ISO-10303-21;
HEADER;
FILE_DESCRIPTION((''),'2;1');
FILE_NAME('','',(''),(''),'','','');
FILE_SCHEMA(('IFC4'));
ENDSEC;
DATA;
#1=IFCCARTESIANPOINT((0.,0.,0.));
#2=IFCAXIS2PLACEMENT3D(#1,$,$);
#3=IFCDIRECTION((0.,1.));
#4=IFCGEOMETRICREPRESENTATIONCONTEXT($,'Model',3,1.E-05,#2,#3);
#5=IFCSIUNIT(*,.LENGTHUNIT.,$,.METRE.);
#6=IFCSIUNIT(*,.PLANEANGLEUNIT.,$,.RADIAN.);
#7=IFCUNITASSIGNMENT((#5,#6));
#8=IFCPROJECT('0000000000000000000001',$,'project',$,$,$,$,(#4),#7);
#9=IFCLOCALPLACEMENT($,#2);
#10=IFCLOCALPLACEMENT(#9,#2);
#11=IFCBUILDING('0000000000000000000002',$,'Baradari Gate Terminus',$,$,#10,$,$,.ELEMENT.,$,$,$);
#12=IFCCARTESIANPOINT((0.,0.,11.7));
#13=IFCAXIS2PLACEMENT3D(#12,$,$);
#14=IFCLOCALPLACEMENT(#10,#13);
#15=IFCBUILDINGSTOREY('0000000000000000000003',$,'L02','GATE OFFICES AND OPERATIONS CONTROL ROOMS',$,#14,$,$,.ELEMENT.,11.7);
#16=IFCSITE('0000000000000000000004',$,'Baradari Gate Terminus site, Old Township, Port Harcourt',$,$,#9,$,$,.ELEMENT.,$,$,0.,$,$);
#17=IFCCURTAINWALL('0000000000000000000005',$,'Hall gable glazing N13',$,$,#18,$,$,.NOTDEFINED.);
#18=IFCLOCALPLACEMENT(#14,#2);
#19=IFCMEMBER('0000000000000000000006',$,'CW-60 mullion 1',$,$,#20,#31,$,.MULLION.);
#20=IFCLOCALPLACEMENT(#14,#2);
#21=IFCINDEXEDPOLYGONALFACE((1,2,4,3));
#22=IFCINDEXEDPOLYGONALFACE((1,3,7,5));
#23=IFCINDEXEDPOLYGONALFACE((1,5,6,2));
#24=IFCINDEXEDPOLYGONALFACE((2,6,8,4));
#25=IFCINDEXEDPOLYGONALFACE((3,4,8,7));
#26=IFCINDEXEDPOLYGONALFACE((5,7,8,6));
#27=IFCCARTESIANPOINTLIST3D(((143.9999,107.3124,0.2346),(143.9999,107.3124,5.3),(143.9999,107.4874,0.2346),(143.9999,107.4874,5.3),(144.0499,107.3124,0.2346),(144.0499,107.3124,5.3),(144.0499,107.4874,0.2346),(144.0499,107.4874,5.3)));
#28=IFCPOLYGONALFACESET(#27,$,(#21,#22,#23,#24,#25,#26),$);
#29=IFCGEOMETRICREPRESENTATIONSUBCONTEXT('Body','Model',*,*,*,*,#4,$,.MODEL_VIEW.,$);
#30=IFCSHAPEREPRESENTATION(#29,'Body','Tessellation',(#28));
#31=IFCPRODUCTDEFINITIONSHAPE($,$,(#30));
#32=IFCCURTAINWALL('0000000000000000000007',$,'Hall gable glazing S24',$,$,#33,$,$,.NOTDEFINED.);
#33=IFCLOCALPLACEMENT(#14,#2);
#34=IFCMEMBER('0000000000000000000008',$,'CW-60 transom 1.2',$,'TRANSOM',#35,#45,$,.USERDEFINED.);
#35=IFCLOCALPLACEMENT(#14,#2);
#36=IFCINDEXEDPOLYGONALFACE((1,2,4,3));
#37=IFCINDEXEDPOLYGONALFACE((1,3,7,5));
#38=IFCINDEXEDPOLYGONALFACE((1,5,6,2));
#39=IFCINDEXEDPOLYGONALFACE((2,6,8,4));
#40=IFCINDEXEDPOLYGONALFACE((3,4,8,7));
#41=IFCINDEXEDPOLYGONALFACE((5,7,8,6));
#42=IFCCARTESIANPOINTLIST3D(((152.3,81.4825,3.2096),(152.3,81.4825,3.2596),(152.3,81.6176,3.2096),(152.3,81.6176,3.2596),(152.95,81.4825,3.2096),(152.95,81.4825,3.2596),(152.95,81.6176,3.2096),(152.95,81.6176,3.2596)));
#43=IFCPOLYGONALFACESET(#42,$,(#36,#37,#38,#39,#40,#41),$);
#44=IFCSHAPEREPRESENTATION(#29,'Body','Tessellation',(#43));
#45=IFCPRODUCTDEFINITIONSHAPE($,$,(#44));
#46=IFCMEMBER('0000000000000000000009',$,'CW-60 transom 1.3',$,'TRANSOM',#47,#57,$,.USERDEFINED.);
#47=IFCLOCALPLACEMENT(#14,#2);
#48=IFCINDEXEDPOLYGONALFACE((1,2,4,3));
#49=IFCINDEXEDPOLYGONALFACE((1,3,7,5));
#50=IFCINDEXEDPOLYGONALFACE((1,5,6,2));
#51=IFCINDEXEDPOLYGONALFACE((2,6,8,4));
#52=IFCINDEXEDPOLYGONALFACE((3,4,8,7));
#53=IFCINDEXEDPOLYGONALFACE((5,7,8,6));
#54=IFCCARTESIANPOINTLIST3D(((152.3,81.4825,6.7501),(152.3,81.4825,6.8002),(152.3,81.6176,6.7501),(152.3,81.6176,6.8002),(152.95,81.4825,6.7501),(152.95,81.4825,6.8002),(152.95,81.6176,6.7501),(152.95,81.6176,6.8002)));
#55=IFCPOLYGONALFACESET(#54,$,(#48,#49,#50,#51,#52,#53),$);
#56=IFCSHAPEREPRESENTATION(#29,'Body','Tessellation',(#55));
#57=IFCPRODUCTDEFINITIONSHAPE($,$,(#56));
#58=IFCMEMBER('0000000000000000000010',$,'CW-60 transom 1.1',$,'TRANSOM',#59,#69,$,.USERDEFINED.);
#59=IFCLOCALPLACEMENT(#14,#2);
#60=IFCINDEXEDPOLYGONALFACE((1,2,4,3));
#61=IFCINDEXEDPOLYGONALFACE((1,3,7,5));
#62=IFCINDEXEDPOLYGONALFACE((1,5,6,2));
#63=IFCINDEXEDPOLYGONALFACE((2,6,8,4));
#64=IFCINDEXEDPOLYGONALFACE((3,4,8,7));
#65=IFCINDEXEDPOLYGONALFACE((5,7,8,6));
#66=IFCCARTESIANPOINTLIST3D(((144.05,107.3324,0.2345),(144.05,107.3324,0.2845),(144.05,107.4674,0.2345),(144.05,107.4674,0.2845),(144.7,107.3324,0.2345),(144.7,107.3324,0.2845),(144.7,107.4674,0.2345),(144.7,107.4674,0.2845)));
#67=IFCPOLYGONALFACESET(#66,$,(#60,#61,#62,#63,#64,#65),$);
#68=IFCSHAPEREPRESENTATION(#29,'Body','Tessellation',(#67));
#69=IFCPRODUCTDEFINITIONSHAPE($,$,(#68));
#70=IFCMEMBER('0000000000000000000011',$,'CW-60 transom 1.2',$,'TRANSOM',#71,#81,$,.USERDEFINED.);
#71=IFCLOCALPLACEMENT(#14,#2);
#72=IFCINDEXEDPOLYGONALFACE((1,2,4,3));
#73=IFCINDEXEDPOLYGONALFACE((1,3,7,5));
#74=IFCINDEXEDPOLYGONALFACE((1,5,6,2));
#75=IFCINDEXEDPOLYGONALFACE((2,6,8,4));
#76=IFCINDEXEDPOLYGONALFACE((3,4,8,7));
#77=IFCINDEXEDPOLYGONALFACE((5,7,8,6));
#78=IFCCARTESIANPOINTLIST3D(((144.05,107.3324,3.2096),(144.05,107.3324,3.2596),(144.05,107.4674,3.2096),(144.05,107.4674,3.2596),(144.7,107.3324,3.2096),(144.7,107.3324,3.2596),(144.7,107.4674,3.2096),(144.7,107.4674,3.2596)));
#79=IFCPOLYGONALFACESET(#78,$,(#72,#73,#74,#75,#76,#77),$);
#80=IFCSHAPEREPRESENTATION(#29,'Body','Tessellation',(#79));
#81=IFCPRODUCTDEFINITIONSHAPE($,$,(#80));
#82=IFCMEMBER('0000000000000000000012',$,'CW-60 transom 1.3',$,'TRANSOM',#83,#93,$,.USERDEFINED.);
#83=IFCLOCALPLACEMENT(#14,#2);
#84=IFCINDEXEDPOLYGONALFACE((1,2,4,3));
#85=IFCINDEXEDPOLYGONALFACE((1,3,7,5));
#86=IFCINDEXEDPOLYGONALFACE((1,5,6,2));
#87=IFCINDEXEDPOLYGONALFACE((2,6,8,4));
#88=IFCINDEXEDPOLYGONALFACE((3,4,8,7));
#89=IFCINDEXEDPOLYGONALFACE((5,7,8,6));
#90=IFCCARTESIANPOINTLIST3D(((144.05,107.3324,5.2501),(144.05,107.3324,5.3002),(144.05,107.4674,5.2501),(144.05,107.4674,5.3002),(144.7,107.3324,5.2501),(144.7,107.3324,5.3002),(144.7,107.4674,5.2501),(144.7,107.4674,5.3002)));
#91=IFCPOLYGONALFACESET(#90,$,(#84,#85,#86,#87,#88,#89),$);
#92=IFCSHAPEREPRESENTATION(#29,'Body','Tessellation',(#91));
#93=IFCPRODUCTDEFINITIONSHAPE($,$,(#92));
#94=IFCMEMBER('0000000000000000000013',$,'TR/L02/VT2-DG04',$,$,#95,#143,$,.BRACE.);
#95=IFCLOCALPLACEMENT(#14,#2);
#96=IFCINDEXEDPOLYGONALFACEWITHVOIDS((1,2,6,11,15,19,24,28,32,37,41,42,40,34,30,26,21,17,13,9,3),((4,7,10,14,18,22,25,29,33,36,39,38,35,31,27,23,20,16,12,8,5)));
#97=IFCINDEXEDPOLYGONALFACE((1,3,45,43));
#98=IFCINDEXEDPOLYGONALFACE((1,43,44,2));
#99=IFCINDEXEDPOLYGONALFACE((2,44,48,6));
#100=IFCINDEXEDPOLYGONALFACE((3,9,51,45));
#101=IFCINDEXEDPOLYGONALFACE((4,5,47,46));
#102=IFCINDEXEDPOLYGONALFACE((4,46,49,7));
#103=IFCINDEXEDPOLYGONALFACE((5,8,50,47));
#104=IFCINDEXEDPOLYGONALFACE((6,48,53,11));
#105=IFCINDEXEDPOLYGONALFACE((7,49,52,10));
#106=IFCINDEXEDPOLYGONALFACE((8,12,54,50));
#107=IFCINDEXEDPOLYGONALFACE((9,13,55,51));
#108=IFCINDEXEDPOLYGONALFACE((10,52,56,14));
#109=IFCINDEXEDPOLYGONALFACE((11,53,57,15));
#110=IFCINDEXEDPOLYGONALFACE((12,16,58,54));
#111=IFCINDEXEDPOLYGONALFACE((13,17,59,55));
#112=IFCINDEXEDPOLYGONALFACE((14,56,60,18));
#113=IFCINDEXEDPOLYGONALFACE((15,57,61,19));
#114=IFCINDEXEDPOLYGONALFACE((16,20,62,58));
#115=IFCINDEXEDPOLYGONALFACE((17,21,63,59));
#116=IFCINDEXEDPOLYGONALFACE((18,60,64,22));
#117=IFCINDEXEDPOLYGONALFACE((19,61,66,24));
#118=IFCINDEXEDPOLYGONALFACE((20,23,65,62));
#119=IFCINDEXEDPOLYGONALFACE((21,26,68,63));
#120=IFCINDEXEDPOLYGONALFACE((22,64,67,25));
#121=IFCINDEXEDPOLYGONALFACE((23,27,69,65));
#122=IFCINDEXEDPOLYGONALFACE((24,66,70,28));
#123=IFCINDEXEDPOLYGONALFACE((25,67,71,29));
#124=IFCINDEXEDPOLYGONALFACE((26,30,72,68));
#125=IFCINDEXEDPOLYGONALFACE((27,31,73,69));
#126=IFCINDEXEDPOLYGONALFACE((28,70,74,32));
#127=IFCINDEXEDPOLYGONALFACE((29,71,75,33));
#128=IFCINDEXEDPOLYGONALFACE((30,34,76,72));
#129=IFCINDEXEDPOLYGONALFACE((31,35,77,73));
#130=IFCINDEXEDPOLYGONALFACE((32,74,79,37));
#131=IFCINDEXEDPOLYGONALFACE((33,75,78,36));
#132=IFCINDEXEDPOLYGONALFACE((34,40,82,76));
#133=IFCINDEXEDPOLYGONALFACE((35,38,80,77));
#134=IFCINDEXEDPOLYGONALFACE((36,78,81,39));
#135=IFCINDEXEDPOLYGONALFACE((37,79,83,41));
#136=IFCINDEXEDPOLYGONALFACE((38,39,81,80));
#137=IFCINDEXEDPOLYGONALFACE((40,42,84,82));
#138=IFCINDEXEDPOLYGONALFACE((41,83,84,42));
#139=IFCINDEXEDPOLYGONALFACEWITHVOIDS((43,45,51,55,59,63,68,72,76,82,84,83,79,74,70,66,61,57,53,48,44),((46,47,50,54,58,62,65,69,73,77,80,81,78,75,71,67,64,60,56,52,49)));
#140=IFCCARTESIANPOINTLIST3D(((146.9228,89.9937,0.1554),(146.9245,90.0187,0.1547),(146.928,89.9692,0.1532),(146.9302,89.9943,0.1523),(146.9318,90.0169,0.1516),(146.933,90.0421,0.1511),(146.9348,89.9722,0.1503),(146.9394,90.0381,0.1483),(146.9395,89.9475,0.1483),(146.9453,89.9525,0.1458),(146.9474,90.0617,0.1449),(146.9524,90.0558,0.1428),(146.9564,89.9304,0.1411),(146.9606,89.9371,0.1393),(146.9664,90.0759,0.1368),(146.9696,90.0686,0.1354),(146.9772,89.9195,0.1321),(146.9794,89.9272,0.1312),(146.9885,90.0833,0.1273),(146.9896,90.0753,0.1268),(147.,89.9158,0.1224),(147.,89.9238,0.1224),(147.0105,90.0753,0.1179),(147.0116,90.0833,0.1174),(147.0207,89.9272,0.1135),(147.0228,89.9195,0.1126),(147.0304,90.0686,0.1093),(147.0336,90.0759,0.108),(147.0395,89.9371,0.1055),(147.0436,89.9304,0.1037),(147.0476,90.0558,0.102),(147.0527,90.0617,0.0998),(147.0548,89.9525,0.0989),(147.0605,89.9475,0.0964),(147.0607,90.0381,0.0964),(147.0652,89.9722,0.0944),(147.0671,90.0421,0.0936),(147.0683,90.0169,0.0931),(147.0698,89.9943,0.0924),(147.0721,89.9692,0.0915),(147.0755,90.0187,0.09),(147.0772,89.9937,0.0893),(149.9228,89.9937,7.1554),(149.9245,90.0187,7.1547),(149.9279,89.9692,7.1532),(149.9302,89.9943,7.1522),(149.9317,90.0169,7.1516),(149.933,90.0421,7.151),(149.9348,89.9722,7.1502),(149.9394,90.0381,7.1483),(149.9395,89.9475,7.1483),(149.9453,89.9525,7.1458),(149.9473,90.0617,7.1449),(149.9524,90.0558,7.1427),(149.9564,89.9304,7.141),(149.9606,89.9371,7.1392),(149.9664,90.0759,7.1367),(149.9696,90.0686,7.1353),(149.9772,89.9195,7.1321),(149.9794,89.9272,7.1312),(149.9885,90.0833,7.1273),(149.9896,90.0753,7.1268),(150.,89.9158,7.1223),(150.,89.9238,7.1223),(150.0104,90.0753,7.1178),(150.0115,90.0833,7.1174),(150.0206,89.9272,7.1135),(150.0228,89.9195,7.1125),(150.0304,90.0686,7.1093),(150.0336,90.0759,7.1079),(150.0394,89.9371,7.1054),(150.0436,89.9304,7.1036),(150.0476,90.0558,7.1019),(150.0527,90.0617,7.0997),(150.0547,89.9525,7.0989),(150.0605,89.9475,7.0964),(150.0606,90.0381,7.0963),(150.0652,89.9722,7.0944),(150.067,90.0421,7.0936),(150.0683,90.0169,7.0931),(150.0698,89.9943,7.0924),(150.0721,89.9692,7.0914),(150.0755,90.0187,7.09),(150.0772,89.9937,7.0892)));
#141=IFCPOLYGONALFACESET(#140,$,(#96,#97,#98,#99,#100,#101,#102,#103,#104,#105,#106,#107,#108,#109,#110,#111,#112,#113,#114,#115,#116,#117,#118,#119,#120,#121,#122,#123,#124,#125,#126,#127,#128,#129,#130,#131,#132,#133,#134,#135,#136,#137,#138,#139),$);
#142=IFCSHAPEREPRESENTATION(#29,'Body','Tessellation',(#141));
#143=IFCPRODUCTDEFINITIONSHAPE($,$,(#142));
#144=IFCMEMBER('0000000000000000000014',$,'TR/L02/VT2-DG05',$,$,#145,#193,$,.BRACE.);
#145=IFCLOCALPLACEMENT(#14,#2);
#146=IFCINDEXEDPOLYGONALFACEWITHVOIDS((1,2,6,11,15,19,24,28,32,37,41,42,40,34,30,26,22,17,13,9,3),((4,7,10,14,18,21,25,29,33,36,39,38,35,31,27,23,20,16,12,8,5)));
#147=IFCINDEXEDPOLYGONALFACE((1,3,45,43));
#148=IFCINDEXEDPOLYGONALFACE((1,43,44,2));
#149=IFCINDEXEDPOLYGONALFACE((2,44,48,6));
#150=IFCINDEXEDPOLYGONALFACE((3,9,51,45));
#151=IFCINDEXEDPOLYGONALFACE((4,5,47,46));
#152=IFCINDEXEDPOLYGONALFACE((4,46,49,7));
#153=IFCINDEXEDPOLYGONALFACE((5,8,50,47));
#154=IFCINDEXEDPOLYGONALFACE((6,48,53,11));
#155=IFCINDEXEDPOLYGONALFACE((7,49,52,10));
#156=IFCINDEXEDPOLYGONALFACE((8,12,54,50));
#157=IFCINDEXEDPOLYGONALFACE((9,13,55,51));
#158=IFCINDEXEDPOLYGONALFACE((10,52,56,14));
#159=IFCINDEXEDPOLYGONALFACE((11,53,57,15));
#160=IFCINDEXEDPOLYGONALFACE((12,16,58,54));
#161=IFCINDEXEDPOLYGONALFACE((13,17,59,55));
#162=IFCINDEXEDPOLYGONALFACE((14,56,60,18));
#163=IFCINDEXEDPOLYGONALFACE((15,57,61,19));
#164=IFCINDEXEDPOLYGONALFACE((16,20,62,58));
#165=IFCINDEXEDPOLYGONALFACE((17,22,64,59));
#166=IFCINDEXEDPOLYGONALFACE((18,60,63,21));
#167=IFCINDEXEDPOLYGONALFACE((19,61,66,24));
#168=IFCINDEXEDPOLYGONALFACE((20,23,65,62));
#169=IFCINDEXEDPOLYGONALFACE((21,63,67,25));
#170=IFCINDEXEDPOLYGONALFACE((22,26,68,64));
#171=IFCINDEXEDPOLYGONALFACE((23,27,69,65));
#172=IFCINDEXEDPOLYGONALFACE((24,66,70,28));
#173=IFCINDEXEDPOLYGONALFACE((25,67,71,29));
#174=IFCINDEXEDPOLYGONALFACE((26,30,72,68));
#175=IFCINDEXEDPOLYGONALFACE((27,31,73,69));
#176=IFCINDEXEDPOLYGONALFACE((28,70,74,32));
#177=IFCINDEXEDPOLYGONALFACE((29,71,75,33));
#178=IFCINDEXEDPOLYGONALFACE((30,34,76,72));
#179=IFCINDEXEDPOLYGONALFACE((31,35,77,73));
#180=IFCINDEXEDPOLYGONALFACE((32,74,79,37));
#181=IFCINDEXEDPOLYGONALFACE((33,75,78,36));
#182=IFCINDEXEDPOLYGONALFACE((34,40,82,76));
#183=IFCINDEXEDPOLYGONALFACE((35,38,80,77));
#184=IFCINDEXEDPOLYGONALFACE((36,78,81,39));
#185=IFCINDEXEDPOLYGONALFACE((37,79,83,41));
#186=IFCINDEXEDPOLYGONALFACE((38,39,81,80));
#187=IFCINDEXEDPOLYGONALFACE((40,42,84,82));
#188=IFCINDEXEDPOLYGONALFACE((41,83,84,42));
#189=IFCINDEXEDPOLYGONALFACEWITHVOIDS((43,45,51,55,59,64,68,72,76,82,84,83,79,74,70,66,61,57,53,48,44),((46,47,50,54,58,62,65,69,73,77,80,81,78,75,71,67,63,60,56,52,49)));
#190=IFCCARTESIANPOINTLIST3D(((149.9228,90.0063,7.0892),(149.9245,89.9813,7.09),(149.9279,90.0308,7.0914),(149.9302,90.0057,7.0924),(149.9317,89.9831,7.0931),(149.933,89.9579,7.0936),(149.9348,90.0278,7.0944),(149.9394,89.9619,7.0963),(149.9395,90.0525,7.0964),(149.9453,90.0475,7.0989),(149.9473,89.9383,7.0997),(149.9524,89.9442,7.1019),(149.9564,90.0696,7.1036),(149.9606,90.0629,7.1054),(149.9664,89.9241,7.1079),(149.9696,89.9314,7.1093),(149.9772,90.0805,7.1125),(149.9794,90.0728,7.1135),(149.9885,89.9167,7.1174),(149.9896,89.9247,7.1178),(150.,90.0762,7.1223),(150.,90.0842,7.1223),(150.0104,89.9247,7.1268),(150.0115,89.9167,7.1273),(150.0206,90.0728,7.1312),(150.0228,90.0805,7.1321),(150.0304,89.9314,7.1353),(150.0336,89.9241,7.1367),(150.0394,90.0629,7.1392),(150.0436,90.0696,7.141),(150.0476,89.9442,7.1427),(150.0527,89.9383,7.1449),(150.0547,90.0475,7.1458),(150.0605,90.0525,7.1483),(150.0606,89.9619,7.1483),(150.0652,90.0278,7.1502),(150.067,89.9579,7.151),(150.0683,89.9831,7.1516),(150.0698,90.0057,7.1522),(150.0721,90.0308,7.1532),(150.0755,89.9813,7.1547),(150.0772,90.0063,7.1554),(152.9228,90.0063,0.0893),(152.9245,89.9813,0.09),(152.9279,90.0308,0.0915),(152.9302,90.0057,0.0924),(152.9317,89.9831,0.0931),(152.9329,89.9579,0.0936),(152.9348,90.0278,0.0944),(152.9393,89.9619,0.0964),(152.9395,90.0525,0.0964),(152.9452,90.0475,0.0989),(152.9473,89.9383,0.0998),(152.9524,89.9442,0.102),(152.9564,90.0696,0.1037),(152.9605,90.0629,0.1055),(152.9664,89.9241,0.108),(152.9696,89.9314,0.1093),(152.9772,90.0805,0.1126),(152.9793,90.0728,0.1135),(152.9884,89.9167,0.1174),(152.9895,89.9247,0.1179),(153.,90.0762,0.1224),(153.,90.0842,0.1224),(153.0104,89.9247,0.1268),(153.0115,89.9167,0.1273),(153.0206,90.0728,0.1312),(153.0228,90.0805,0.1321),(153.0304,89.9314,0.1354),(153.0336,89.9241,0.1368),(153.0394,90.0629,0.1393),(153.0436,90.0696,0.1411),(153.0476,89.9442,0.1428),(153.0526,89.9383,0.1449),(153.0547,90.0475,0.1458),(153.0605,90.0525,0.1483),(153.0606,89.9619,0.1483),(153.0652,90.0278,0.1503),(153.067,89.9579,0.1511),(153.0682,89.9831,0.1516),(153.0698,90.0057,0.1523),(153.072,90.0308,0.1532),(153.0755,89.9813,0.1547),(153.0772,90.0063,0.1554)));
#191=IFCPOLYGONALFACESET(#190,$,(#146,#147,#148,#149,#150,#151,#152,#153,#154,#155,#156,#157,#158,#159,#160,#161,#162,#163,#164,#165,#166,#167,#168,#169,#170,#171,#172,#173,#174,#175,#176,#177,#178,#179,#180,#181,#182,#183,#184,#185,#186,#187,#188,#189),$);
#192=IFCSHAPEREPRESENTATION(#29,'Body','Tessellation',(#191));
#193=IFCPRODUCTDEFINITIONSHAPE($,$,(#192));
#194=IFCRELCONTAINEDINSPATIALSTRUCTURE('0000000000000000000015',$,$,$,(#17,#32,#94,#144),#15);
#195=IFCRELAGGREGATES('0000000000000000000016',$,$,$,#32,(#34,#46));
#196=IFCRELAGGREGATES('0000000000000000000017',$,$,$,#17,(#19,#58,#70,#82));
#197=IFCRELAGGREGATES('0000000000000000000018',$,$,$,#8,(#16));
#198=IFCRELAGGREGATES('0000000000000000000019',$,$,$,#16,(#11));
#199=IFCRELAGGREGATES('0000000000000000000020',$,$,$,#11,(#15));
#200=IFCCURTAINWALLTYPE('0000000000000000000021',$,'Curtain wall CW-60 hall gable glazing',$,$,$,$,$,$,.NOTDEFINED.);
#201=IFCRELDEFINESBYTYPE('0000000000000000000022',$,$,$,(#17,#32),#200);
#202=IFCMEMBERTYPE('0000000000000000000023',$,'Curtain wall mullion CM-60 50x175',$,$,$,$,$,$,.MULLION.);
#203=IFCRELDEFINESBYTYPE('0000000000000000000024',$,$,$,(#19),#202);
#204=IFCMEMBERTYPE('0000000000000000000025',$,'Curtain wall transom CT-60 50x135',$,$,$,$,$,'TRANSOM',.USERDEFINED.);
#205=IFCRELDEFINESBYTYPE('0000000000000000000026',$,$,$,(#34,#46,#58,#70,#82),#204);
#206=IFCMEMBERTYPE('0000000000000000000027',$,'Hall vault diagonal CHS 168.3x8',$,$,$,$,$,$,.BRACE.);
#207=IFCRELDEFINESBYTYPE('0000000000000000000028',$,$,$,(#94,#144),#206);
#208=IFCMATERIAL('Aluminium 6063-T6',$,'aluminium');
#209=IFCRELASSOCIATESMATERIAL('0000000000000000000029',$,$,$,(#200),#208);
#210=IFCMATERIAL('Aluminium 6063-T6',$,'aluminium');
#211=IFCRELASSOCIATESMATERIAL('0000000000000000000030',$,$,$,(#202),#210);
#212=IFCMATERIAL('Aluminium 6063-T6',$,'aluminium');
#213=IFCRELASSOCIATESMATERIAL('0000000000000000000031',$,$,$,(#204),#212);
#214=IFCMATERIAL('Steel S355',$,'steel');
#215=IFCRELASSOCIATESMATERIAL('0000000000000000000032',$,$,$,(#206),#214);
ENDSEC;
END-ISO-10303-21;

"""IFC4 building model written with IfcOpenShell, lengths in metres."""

from ifc_helpers import new_model, si_unit, direction, frame, origin, origin_2d, place, context, subcontext, project, spatial, rectangle, hollow_circle, extrude, material, material_profile, profile_set, type_object, element, aggregate, save


model = new_model("IFC4")

# Units and contexts
model_context = context("Model", 3, precision=1e-05, world=origin(), true_north=direction((0.0, 1.0)))
body_context = subcontext(model_context, "Body", "Model", "MODEL_VIEW")
ifc_project = project(units=[si_unit("LENGTHUNIT", "METRE"), si_unit("PLANEANGLEUNIT", "RADIAN")], contexts=[model_context])

# Site, building, storey
site_placement = place(None, origin())
site = spatial("IfcSite", under=ifc_project, at=site_placement, Name="Baradari Gate Terminus site, Old Township, Port Harcourt", CompositionType="ELEMENT", RefElevation=0.0)
building_placement = place(site_placement, origin())
building = spatial("IfcBuilding", under=site, at=building_placement, Name="Baradari Gate Terminus", CompositionType="ELEMENT")
storey_placement = place(building_placement, frame((0.0, 0.0, 11.7)))
storey = spatial("IfcBuildingStorey", under=building, at=storey_placement, Name="L02", Description="GATE OFFICES AND OPERATIONS CONTROL ROOMS", CompositionType="ELEMENT", Elevation=11.7)

# Curtain wall, member
ifc_material_1 = material(Name="Aluminium 6063-T6", Category="aluminium")
curtain_wall_type = type_object("IfcCurtainWallType", Name="Curtain wall CW-60 hall gable glazing", PredefinedType="NOTDEFINED", material=ifc_material_1)
curtain_wall_1_placement = place(storey_placement, origin())
curtain_wall_1 = element("IfcCurtainWall", 1, at=curtain_wall_1_placement, inside=storey, type_object=curtain_wall_type, Name="Hall gable glazing N13", PredefinedType="NOTDEFINED")
ifc_material_2 = material(Name="Aluminium 6063-T6", Category="aluminium")
ifc_material_profile_1 = material_profile(ifc_material_2, rectangle(XDim=0.175, YDim=0.05, at=origin_2d()), Name="CM-60 50X175")
ifc_profile_set_1 = profile_set([ifc_material_profile_1], Name="Aluminium 6063-T6")
member_type_1 = type_object("IfcMemberType", Name="Curtain wall mullion CM-60 50x175", PredefinedType="MULLION", material=ifc_profile_set_1)
member_1_placement = place(storey_placement, frame((144.0249, 107.3999, 0.2346), z_axis=(0.0, 0.0, 1.0), x_axis=(0.0, 1.0, 0.0)))
member_1 = element("IfcMember", 2, at=member_1_placement, type_object=member_type_1, Name="CW-60 mullion 1", PredefinedType="MULLION", context=body_context, shape_type="SweptSolid", body=[
    extrude(rectangle(XDim=0.175, YDim=0.05, at=origin_2d()), origin(), (0.0, 0.0, 1.0), 5.0654),
])

# Curtain wall, members
curtain_wall_2_placement = place(storey_placement, origin())
curtain_wall_2 = element("IfcCurtainWall", 3, at=curtain_wall_2_placement, inside=storey, type_object=curtain_wall_type, Name="Hall gable glazing S24", PredefinedType="NOTDEFINED")
ifc_material_3 = material(Name="Aluminium 6063-T6", Category="aluminium")
ifc_material_profile_2 = material_profile(ifc_material_3, rectangle(XDim=0.135, YDim=0.05, at=origin_2d()), Name="CT-60 50X135")
ifc_profile_set_2 = profile_set([ifc_material_profile_2], Name="Aluminium 6063-T6")
member_type_2 = type_object("IfcMemberType", Name="Curtain wall transom CT-60 50x135", ElementType="TRANSOM", PredefinedType="USERDEFINED", material=ifc_profile_set_2)
member_2_placement = place(storey_placement, frame((152.3, 81.55, 3.2346), z_axis=(1.0, 0.0, 0.0), x_axis=(0.0, 1.0, 0.0)))
member_2 = element("IfcMember", 4, at=member_2_placement, type_object=member_type_2, Name="CW-60 transom 1.2", ObjectType="TRANSOM", PredefinedType="USERDEFINED", context=body_context, shape_type="SweptSolid", body=[
    extrude(rectangle(XDim=0.135, YDim=0.05, at=origin_2d()), origin(), (0.0, 0.0, 1.0), 0.6499),
])
member_3_placement = place(storey_placement, frame((152.3, 81.55, 6.7751), z_axis=(1.0, 0.0, 0.0), x_axis=(0.0, 1.0, 0.0)))
member_3 = element("IfcMember", 5, at=member_3_placement, type_object=member_type_2, Name="CW-60 transom 1.3", ObjectType="TRANSOM", PredefinedType="USERDEFINED", context=body_context, shape_type="SweptSolid", body=[
    extrude(rectangle(XDim=0.135, YDim=0.05, at=origin_2d()), origin(), (0.0, 0.0, 1.0), 0.6499),
])

# Members
member_4_placement = place(storey_placement, frame((144.05, 107.3999, 0.2595), z_axis=(1.0, 0.0, 0.0), x_axis=(0.0, 1.0, 0.0)))
member_4 = element("IfcMember", 6, at=member_4_placement, type_object=member_type_2, Name="CW-60 transom 1.1", ObjectType="TRANSOM", PredefinedType="USERDEFINED", context=body_context, shape_type="SweptSolid", body=[
    extrude(rectangle(XDim=0.135, YDim=0.05, at=origin_2d()), origin(), (0.0, 0.0, 1.0), 0.6499),
])
member_5_placement = place(storey_placement, frame((144.05, 107.3999, 3.2346), z_axis=(1.0, 0.0, 0.0), x_axis=(0.0, 1.0, 0.0)))
member_5 = element("IfcMember", 7, at=member_5_placement, type_object=member_type_2, Name="CW-60 transom 1.2", ObjectType="TRANSOM", PredefinedType="USERDEFINED", context=body_context, shape_type="SweptSolid", body=[
    extrude(rectangle(XDim=0.135, YDim=0.05, at=origin_2d()), origin(), (0.0, 0.0, 1.0), 0.6499),
])
member_6_placement = place(storey_placement, frame((144.05, 107.3999, 5.2751), z_axis=(1.0, 0.0, 0.0), x_axis=(0.0, 1.0, 0.0)))
member_6 = element("IfcMember", 8, at=member_6_placement, type_object=member_type_2, Name="CW-60 transom 1.3", ObjectType="TRANSOM", PredefinedType="USERDEFINED", context=body_context, shape_type="SweptSolid", body=[
    extrude(rectangle(XDim=0.135, YDim=0.05, at=origin_2d()), origin(), (0.0, 0.0, 1.0), 0.6499),
])

# Members
ifc_material_4 = material(Name="Steel S355", Category="steel")
ifc_material_profile_3 = material_profile(ifc_material_4, hollow_circle(Radius=0.0842, WallThickness=0.0081, at=origin_2d()), Name="CHS 168.3x8")
ifc_profile_set_3 = profile_set([ifc_material_profile_3], Name="Steel S355")
member_type_3 = type_object("IfcMemberType", Name="Hall vault diagonal CHS 168.3x8", PredefinedType="BRACE", material=ifc_profile_set_3)
for number, where, z_axis, x_axis, name in (
    (9, (150.0, 90.0, 7.1223), (-0.393919, 0.0, -0.919145), (0.0, -1.0, 0.0), "TR/L02/VT2-DG04"),
    (10, (150.0, 90.0, 7.1223), (0.393919, 0.0, -0.919145), (0.0, 1.0, 0.0), "TR/L02/VT2-DG05"),
):
    element("IfcMember", number, at=place(storey_placement, frame(where, z_axis=z_axis, x_axis=x_axis)), inside=storey, type_object=member_type_3, Name=name, PredefinedType="BRACE", context=body_context, shape_type="SweptSolid", body=[
        extrude(hollow_circle(Radius=0.0842, WallThickness=0.0081, at=origin_2d()), origin(), (0.0, 0.0, 1.0), 7.6157),
    ])

aggregate(curtain_wall_2, [member_2, member_3])
aggregate(curtain_wall_1, [member_1, member_4, member_5, member_6])

save(model, "model.ifc")
